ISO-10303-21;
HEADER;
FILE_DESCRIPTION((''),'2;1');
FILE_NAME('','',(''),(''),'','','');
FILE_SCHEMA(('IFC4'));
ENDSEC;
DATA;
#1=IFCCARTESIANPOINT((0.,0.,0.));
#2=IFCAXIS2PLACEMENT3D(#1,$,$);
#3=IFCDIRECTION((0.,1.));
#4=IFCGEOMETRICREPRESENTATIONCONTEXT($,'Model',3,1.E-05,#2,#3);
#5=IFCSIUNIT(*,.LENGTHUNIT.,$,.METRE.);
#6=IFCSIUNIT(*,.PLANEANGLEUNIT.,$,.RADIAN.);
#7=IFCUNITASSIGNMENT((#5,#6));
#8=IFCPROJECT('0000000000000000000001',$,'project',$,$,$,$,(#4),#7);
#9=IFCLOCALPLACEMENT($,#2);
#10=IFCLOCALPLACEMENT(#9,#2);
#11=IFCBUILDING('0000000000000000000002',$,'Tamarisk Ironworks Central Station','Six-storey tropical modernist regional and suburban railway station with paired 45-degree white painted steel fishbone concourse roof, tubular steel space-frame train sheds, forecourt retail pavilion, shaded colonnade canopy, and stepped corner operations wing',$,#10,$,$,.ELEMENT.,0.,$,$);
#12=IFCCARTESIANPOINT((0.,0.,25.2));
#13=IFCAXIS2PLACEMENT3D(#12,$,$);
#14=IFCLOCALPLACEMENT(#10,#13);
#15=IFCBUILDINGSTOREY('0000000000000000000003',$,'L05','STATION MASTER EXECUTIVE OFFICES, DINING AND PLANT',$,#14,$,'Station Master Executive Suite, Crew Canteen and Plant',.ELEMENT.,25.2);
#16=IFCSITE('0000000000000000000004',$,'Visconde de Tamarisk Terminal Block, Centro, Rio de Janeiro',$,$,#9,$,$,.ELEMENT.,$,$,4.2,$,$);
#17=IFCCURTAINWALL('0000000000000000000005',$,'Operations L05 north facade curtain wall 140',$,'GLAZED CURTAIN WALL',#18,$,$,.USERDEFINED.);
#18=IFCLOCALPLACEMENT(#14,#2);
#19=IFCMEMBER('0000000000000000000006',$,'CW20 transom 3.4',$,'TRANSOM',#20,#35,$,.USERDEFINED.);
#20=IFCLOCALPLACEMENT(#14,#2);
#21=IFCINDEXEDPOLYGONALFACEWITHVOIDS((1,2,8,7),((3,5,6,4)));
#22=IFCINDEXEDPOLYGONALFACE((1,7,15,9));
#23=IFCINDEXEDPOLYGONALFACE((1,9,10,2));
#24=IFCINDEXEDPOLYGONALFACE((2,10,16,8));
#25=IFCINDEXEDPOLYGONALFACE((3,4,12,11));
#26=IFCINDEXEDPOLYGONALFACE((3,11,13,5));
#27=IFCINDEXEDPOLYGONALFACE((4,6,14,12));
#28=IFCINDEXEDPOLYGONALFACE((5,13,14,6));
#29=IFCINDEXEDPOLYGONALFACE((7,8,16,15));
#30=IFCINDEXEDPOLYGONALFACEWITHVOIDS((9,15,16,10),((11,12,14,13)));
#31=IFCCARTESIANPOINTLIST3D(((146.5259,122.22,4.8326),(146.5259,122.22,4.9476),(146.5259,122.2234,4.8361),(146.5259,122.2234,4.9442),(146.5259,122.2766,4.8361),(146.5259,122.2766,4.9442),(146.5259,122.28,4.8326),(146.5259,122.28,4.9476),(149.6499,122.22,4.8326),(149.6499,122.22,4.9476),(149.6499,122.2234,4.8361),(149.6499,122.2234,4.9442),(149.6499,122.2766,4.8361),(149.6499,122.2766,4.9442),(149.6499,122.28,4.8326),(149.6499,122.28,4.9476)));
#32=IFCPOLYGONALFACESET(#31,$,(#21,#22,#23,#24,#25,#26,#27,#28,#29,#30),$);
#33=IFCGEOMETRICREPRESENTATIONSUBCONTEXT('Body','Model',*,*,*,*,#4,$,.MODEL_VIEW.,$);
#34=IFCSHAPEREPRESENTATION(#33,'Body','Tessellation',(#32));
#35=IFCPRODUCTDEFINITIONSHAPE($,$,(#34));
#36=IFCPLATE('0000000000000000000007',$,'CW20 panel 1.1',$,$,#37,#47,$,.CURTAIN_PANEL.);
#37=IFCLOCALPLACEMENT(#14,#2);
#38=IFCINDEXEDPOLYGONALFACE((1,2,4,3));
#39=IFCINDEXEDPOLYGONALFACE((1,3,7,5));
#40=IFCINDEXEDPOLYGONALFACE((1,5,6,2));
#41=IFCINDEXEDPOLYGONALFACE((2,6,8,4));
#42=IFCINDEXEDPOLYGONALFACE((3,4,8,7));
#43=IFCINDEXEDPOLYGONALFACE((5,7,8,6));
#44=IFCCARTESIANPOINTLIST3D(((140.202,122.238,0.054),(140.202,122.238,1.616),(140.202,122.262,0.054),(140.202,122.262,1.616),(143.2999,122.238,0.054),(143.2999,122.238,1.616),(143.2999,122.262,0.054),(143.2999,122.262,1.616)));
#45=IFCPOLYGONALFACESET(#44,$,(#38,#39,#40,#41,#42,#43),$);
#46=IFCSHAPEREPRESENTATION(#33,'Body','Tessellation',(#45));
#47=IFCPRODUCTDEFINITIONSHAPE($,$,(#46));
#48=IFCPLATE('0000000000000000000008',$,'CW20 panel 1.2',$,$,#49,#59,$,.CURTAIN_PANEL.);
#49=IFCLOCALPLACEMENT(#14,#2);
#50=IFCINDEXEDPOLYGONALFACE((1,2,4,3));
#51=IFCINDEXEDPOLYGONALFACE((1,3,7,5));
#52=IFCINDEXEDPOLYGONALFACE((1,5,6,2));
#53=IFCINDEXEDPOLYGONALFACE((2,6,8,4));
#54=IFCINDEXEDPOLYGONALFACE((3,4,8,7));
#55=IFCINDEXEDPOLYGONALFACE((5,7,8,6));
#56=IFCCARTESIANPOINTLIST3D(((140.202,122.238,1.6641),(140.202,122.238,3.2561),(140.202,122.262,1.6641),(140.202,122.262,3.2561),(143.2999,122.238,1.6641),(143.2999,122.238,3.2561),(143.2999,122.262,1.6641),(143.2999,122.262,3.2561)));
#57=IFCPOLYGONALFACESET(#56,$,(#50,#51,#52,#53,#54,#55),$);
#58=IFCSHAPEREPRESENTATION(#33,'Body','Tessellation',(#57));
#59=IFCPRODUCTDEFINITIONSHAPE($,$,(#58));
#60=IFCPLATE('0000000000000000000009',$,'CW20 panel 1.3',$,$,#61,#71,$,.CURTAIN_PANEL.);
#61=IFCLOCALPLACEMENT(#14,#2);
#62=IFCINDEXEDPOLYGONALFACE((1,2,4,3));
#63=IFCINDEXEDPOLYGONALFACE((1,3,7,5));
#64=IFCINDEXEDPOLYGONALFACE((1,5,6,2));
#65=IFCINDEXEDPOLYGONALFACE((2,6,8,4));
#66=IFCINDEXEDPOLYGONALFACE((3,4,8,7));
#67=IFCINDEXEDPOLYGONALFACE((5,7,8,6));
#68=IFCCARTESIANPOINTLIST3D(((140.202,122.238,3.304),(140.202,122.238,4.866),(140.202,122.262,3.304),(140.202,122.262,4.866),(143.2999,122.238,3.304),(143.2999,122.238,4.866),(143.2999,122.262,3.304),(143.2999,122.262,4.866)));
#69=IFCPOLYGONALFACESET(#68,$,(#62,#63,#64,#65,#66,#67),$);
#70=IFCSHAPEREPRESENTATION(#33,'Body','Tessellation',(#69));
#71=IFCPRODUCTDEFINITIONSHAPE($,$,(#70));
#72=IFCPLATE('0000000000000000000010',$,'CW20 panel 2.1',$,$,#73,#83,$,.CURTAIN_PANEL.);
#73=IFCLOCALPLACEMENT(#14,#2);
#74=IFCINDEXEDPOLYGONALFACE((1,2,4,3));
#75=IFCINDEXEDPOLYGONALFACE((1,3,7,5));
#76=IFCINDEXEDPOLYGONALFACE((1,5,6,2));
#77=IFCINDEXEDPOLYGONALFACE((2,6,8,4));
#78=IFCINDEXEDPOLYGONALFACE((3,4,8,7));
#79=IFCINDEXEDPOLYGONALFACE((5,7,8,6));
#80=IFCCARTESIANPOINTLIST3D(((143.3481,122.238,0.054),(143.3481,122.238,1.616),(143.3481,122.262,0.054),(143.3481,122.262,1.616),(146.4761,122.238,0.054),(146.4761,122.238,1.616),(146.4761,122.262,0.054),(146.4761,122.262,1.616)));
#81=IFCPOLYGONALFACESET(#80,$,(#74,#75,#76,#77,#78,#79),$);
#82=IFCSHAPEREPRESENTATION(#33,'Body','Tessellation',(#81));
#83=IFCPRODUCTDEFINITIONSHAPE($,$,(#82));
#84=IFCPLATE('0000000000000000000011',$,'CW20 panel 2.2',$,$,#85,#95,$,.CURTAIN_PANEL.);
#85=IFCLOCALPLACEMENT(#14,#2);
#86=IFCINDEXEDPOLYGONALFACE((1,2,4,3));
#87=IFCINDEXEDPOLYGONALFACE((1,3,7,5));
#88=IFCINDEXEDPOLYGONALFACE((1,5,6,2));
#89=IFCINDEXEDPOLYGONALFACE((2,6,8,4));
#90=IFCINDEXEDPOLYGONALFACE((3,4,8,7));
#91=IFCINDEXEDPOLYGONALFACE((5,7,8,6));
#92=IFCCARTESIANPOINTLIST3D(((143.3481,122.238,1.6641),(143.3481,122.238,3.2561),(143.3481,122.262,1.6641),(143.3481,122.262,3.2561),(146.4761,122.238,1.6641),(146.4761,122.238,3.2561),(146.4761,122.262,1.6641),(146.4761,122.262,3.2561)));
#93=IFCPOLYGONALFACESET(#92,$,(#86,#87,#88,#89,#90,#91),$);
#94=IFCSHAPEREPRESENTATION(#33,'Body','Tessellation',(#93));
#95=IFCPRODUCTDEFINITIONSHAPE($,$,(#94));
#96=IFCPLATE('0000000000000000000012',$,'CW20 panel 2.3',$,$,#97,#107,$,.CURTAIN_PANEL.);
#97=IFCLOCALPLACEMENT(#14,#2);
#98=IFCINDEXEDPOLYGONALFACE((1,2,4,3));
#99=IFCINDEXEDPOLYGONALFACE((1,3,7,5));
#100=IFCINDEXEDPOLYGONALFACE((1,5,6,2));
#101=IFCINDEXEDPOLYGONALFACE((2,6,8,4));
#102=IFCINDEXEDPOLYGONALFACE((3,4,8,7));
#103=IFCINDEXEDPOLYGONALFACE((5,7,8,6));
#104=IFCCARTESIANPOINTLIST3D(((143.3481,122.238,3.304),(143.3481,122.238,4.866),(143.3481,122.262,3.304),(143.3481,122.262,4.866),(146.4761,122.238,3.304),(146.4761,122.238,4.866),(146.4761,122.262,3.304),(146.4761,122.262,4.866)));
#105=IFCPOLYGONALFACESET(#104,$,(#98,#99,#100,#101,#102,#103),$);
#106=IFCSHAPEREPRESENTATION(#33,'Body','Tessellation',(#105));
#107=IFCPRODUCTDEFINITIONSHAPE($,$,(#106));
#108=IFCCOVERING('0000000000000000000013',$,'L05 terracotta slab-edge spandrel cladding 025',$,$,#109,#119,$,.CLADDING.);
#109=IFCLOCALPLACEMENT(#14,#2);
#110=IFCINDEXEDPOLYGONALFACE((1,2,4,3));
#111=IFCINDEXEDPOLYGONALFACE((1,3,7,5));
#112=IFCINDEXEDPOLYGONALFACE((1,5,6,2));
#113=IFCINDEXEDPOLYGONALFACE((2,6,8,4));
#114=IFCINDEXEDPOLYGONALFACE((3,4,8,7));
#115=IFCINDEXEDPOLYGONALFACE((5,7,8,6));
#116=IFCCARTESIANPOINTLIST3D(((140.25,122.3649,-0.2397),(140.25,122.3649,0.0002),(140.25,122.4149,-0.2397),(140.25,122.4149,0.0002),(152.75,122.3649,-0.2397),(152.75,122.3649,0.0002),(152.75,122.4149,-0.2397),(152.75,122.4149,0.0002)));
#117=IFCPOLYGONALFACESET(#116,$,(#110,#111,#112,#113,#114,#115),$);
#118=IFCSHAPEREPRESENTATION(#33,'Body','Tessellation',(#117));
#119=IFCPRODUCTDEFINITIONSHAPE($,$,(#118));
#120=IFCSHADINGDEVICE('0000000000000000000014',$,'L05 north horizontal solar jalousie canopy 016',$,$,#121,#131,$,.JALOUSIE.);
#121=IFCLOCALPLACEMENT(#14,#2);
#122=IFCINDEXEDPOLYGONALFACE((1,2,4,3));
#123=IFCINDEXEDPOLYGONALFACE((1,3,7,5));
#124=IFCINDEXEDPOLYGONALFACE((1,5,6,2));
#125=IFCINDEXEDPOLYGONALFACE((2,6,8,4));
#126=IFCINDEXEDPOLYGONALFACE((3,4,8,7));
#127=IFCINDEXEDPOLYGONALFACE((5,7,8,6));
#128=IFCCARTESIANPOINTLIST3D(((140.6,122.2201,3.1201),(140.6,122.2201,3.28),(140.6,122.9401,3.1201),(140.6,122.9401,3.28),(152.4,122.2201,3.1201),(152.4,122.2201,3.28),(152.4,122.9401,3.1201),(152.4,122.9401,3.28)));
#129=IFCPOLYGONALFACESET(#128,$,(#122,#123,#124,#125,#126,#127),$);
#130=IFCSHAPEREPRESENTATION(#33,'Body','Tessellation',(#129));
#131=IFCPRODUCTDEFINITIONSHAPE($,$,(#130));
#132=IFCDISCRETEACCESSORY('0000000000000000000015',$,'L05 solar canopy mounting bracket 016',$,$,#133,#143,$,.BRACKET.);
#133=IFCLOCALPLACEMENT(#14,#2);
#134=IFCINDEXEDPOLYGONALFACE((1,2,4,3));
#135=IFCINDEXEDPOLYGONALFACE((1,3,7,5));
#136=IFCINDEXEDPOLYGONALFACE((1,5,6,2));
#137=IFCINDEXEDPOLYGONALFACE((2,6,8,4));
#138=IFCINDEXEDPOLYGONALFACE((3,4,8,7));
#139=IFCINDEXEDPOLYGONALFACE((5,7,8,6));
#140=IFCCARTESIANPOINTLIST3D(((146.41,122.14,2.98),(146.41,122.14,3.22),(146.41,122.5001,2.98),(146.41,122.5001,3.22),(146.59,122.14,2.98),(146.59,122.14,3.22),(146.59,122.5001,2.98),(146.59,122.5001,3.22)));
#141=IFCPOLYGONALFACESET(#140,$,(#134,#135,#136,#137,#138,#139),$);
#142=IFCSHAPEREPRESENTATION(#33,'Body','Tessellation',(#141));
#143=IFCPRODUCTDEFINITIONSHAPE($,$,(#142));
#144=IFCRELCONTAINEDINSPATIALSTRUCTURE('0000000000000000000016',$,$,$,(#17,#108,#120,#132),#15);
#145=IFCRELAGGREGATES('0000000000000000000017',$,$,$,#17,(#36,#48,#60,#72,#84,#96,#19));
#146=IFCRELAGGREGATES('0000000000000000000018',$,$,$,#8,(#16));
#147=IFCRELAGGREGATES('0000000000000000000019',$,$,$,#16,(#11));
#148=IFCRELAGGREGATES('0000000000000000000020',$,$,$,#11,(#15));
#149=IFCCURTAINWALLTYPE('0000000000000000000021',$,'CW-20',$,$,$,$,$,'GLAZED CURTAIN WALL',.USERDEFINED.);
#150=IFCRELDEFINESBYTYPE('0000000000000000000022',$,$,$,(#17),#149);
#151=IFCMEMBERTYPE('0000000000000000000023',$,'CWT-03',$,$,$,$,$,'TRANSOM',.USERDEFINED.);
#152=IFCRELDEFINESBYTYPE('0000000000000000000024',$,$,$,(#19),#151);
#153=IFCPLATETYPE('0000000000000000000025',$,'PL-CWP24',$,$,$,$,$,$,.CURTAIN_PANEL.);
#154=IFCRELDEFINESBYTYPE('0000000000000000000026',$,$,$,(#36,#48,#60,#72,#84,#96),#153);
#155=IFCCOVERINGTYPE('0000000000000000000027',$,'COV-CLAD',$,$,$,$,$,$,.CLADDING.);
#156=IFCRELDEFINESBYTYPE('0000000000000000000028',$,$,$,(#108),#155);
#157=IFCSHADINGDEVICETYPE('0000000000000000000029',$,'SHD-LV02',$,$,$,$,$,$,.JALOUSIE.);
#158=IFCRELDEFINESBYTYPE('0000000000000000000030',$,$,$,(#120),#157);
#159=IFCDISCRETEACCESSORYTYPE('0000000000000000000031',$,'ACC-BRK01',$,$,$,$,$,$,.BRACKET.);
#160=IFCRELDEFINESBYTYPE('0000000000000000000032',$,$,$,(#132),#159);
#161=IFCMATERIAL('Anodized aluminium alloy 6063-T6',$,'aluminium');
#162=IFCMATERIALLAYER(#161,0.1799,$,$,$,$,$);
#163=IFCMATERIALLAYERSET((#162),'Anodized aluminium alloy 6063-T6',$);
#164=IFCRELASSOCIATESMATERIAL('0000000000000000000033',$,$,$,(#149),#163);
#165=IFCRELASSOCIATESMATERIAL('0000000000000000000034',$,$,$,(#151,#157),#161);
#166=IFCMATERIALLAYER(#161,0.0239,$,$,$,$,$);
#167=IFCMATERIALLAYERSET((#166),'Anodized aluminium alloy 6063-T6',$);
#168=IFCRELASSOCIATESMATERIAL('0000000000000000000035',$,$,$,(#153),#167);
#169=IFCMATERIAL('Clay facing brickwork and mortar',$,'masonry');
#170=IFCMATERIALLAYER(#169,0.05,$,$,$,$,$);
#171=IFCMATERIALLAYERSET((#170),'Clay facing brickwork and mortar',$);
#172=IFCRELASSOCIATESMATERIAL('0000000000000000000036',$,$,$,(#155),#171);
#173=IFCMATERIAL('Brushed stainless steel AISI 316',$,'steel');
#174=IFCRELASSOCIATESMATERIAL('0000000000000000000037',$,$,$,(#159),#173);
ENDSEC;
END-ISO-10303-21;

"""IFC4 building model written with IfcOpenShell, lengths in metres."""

from ifc_helpers import new_model, si_unit, direction, frame, origin, origin_2d, place, context, subcontext, project, spatial, rectangle, hollow_rectangle, extrude, material, layer, layer_set, material_profile, profile_set, type_object, element, aggregate, save


model = new_model("IFC4")

# Units and contexts
model_context = context("Model", 3, precision=1e-05, world=origin(), true_north=direction((0.0, 1.0)))
body_context = subcontext(model_context, "Body", "Model", "MODEL_VIEW")
ifc_project = project(units=[si_unit("LENGTHUNIT", "METRE"), si_unit("PLANEANGLEUNIT", "RADIAN")], contexts=[model_context])

# Site, building, storey
site_placement = place(None, origin())
site = spatial("IfcSite", under=ifc_project, at=site_placement, Name="Visconde de Tamarisk Terminal Block, Centro, Rio de Janeiro", CompositionType="ELEMENT", RefElevation=4.2)
building_placement = place(site_placement, origin())
building = spatial("IfcBuilding", under=site, at=building_placement, Name="Tamarisk Ironworks Central Station", Description="Six-storey tropical modernist regional and suburban railway station with paired 45-degree white painted steel fishbone concourse roof, tubular steel space-frame train sheds, forecourt retail pavilion, shaded colonnade canopy, and stepped corner operations wing", CompositionType="ELEMENT", ElevationOfRefHeight=0.0)
storey_placement = place(building_placement, frame((0.0, 0.0, 25.2)))
storey = spatial("IfcBuildingStorey", under=building, at=storey_placement, Name="L05", Description="STATION MASTER EXECUTIVE OFFICES, DINING AND PLANT", LongName="Station Master Executive Suite, Crew Canteen and Plant", CompositionType="ELEMENT", Elevation=25.2)

# Curtain wall, member, plates
ifc_material_1 = material(Name="Anodized aluminium alloy 6063-T6", Category="aluminium")
ifc_layer_1 = layer(ifc_material_1, 0.1799)
ifc_layer_set_1 = layer_set([ifc_layer_1], Name="Anodized aluminium alloy 6063-T6")
curtain_wall_type = type_object("IfcCurtainWallType", Name="CW-20", ElementType="GLAZED CURTAIN WALL", PredefinedType="USERDEFINED", material=ifc_layer_set_1)
curtain_wall_placement = place(storey_placement, origin())
curtain_wall = element("IfcCurtainWall", 1, at=curtain_wall_placement, inside=storey, type_object=curtain_wall_type, Name="Operations L05 north facade curtain wall 140", ObjectType="GLAZED CURTAIN WALL", PredefinedType="USERDEFINED")
ifc_material_profile_1 = material_profile(ifc_material_1, hollow_rectangle(XDim=0.0601, YDim=0.115, WallThickness=0.0034, at=origin_2d()), Name="ALUM 115x60")
ifc_profile_set_1 = profile_set([ifc_material_profile_1], Name="Anodized aluminium alloy 6063-T6")
member_type_1 = type_object("IfcMemberType", Name="CWT-03", ElementType="TRANSOM", PredefinedType="USERDEFINED", material=ifc_profile_set_1)
member_1_placement = place(storey_placement, frame((146.5259, 122.25, 4.8901), z_axis=(1.0, 0.0, 0.0), x_axis=(0.0, 1.0, 0.0)))
member_1 = element("IfcMember", 2, at=member_1_placement, type_object=member_type_1, Name="CW20 transom 3.4", ObjectType="TRANSOM", PredefinedType="USERDEFINED", context=body_context, shape_type="SweptSolid", body=[
    extrude(hollow_rectangle(XDim=0.0601, YDim=0.115, WallThickness=0.0034, at=origin_2d()), origin(), (0.0, 0.0, 1.0), 3.124),
])
ifc_layer_2 = layer(ifc_material_1, 0.0239)
ifc_layer_set_2 = layer_set([ifc_layer_2], Name="Anodized aluminium alloy 6063-T6")
plate_type = type_object("IfcPlateType", Name="PL-CWP24", PredefinedType="CURTAIN_PANEL", material=ifc_layer_set_2)
plate_1_placement = place(storey_placement, frame((141.751, 122.25, 0.054), z_axis=(0.0, 0.0, 1.0), x_axis=(1.0, 0.0, 0.0)))
plate_1 = element("IfcPlate", 3, at=plate_1_placement, type_object=plate_type, Name="CW20 panel 1.1", PredefinedType="CURTAIN_PANEL", context=body_context, shape_type="SweptSolid", body=[
    extrude(rectangle(XDim=3.0979, YDim=0.0239, at=origin_2d()), origin(), (0.0, 0.0, 1.0), 1.562),
])
plate_2_placement = place(storey_placement, frame((141.751, 122.25, 1.6641), z_axis=(0.0, 0.0, 1.0), x_axis=(1.0, 0.0, 0.0)))
plate_2 = element("IfcPlate", 4, at=plate_2_placement, type_object=plate_type, Name="CW20 panel 1.2", PredefinedType="CURTAIN_PANEL", context=body_context, shape_type="SweptSolid", body=[
    extrude(rectangle(XDim=3.0979, YDim=0.0239, at=origin_2d()), origin(), (0.0, 0.0, 1.0), 1.592),
])
plate_3_placement = place(storey_placement, frame((141.751, 122.25, 3.304), z_axis=(0.0, 0.0, 1.0), x_axis=(1.0, 0.0, 0.0)))
plate_3 = element("IfcPlate", 5, at=plate_3_placement, type_object=plate_type, Name="CW20 panel 1.3", PredefinedType="CURTAIN_PANEL", context=body_context, shape_type="SweptSolid", body=[
    extrude(rectangle(XDim=3.0979, YDim=0.0239, at=origin_2d()), origin(), (0.0, 0.0, 1.0), 1.562),
])
plate_4_placement = place(storey_placement, frame((144.9121, 122.25, 0.054), z_axis=(0.0, 0.0, 1.0), x_axis=(1.0, 0.0, 0.0)))
plate_4 = element("IfcPlate", 6, at=plate_4_placement, type_object=plate_type, Name="CW20 panel 2.1", PredefinedType="CURTAIN_PANEL", context=body_context, shape_type="SweptSolid", body=[
    extrude(rectangle(XDim=3.1279, YDim=0.0239, at=origin_2d()), origin(), (0.0, 0.0, 1.0), 1.562),
])
plate_5_placement = place(storey_placement, frame((144.9121, 122.25, 1.6641), z_axis=(0.0, 0.0, 1.0), x_axis=(1.0, 0.0, 0.0)))
plate_5 = element("IfcPlate", 7, at=plate_5_placement, type_object=plate_type, Name="CW20 panel 2.2", PredefinedType="CURTAIN_PANEL", context=body_context, shape_type="SweptSolid", body=[
    extrude(rectangle(XDim=3.1279, YDim=0.0239, at=origin_2d()), origin(), (0.0, 0.0, 1.0), 1.592),
])
plate_6_placement = place(storey_placement, frame((144.9121, 122.25, 3.304), z_axis=(0.0, 0.0, 1.0), x_axis=(1.0, 0.0, 0.0)))
plate_6 = element("IfcPlate", 8, at=plate_6_placement, type_object=plate_type, Name="CW20 panel 2.3", PredefinedType="CURTAIN_PANEL", context=body_context, shape_type="SweptSolid", body=[
    extrude(rectangle(XDim=3.1279, YDim=0.0239, at=origin_2d()), origin(), (0.0, 0.0, 1.0), 1.562),
])
aggregate(curtain_wall, [plate_1, plate_2, plate_3, plate_4, plate_5, plate_6, member_1])

# Covering
ifc_material_2 = material(Name="Clay facing brickwork and mortar", Category="masonry")
ifc_layer_3 = layer(ifc_material_2, 0.05)
ifc_layer_set_3 = layer_set([ifc_layer_3], Name="Clay facing brickwork and mortar")
covering_type = type_object("IfcCoveringType", Name="COV-CLAD", PredefinedType="CLADDING", material=ifc_layer_set_3)
covering_placement = place(storey_placement, frame((146.5, 122.3899, -0.2397), z_axis=(0.0, 0.0, 1.0), x_axis=(1.0, 0.0, 0.0)))
element("IfcCovering", 9, at=covering_placement, inside=storey, type_object=covering_type, Name="L05 terracotta slab-edge spandrel cladding 025", PredefinedType="CLADDING", context=body_context, shape_type="SweptSolid", body=[
    extrude(rectangle(XDim=12.5, YDim=0.05, at=origin_2d()), origin(), (0.0, 0.0, 1.0), 0.24),
])

# Shading device
shading_device_type = type_object("IfcShadingDeviceType", Name="SHD-LV02", PredefinedType="JALOUSIE", material=ifc_material_1)
shading_device_placement = place(storey_placement, frame((146.5, 122.5801, 3.1201), z_axis=(0.0, 0.0, 1.0), x_axis=(1.0, 0.0, 0.0)))
element("IfcShadingDevice", 10, at=shading_device_placement, inside=storey, type_object=shading_device_type, Name="L05 north horizontal solar jalousie canopy 016", PredefinedType="JALOUSIE", context=body_context, shape_type="SweptSolid", body=[
    extrude(rectangle(XDim=11.8, YDim=0.72, at=origin_2d()), origin(), (0.0, 0.0, 1.0), 0.1599),
])

# Discrete accessory
ifc_material_3 = material(Name="Brushed stainless steel AISI 316", Category="steel")
discrete_accessory_type = type_object("IfcDiscreteAccessoryType", Name="ACC-BRK01", PredefinedType="BRACKET", material=ifc_material_3)
discrete_accessory_placement = place(storey_placement, frame((146.5, 122.3201, 2.98), z_axis=(0.0, 0.0, 1.0), x_axis=(1.0, 0.0, 0.0)))
element("IfcDiscreteAccessory", 11, at=discrete_accessory_placement, inside=storey, type_object=discrete_accessory_type, Name="L05 solar canopy mounting bracket 016", PredefinedType="BRACKET", context=body_context, shape_type="SweptSolid", body=[
    extrude(rectangle(XDim=0.1799, YDim=0.3601, at=origin_2d()), origin(), (0.0, 0.0, 1.0), 0.24),
])

save(model, "model.ifc")
